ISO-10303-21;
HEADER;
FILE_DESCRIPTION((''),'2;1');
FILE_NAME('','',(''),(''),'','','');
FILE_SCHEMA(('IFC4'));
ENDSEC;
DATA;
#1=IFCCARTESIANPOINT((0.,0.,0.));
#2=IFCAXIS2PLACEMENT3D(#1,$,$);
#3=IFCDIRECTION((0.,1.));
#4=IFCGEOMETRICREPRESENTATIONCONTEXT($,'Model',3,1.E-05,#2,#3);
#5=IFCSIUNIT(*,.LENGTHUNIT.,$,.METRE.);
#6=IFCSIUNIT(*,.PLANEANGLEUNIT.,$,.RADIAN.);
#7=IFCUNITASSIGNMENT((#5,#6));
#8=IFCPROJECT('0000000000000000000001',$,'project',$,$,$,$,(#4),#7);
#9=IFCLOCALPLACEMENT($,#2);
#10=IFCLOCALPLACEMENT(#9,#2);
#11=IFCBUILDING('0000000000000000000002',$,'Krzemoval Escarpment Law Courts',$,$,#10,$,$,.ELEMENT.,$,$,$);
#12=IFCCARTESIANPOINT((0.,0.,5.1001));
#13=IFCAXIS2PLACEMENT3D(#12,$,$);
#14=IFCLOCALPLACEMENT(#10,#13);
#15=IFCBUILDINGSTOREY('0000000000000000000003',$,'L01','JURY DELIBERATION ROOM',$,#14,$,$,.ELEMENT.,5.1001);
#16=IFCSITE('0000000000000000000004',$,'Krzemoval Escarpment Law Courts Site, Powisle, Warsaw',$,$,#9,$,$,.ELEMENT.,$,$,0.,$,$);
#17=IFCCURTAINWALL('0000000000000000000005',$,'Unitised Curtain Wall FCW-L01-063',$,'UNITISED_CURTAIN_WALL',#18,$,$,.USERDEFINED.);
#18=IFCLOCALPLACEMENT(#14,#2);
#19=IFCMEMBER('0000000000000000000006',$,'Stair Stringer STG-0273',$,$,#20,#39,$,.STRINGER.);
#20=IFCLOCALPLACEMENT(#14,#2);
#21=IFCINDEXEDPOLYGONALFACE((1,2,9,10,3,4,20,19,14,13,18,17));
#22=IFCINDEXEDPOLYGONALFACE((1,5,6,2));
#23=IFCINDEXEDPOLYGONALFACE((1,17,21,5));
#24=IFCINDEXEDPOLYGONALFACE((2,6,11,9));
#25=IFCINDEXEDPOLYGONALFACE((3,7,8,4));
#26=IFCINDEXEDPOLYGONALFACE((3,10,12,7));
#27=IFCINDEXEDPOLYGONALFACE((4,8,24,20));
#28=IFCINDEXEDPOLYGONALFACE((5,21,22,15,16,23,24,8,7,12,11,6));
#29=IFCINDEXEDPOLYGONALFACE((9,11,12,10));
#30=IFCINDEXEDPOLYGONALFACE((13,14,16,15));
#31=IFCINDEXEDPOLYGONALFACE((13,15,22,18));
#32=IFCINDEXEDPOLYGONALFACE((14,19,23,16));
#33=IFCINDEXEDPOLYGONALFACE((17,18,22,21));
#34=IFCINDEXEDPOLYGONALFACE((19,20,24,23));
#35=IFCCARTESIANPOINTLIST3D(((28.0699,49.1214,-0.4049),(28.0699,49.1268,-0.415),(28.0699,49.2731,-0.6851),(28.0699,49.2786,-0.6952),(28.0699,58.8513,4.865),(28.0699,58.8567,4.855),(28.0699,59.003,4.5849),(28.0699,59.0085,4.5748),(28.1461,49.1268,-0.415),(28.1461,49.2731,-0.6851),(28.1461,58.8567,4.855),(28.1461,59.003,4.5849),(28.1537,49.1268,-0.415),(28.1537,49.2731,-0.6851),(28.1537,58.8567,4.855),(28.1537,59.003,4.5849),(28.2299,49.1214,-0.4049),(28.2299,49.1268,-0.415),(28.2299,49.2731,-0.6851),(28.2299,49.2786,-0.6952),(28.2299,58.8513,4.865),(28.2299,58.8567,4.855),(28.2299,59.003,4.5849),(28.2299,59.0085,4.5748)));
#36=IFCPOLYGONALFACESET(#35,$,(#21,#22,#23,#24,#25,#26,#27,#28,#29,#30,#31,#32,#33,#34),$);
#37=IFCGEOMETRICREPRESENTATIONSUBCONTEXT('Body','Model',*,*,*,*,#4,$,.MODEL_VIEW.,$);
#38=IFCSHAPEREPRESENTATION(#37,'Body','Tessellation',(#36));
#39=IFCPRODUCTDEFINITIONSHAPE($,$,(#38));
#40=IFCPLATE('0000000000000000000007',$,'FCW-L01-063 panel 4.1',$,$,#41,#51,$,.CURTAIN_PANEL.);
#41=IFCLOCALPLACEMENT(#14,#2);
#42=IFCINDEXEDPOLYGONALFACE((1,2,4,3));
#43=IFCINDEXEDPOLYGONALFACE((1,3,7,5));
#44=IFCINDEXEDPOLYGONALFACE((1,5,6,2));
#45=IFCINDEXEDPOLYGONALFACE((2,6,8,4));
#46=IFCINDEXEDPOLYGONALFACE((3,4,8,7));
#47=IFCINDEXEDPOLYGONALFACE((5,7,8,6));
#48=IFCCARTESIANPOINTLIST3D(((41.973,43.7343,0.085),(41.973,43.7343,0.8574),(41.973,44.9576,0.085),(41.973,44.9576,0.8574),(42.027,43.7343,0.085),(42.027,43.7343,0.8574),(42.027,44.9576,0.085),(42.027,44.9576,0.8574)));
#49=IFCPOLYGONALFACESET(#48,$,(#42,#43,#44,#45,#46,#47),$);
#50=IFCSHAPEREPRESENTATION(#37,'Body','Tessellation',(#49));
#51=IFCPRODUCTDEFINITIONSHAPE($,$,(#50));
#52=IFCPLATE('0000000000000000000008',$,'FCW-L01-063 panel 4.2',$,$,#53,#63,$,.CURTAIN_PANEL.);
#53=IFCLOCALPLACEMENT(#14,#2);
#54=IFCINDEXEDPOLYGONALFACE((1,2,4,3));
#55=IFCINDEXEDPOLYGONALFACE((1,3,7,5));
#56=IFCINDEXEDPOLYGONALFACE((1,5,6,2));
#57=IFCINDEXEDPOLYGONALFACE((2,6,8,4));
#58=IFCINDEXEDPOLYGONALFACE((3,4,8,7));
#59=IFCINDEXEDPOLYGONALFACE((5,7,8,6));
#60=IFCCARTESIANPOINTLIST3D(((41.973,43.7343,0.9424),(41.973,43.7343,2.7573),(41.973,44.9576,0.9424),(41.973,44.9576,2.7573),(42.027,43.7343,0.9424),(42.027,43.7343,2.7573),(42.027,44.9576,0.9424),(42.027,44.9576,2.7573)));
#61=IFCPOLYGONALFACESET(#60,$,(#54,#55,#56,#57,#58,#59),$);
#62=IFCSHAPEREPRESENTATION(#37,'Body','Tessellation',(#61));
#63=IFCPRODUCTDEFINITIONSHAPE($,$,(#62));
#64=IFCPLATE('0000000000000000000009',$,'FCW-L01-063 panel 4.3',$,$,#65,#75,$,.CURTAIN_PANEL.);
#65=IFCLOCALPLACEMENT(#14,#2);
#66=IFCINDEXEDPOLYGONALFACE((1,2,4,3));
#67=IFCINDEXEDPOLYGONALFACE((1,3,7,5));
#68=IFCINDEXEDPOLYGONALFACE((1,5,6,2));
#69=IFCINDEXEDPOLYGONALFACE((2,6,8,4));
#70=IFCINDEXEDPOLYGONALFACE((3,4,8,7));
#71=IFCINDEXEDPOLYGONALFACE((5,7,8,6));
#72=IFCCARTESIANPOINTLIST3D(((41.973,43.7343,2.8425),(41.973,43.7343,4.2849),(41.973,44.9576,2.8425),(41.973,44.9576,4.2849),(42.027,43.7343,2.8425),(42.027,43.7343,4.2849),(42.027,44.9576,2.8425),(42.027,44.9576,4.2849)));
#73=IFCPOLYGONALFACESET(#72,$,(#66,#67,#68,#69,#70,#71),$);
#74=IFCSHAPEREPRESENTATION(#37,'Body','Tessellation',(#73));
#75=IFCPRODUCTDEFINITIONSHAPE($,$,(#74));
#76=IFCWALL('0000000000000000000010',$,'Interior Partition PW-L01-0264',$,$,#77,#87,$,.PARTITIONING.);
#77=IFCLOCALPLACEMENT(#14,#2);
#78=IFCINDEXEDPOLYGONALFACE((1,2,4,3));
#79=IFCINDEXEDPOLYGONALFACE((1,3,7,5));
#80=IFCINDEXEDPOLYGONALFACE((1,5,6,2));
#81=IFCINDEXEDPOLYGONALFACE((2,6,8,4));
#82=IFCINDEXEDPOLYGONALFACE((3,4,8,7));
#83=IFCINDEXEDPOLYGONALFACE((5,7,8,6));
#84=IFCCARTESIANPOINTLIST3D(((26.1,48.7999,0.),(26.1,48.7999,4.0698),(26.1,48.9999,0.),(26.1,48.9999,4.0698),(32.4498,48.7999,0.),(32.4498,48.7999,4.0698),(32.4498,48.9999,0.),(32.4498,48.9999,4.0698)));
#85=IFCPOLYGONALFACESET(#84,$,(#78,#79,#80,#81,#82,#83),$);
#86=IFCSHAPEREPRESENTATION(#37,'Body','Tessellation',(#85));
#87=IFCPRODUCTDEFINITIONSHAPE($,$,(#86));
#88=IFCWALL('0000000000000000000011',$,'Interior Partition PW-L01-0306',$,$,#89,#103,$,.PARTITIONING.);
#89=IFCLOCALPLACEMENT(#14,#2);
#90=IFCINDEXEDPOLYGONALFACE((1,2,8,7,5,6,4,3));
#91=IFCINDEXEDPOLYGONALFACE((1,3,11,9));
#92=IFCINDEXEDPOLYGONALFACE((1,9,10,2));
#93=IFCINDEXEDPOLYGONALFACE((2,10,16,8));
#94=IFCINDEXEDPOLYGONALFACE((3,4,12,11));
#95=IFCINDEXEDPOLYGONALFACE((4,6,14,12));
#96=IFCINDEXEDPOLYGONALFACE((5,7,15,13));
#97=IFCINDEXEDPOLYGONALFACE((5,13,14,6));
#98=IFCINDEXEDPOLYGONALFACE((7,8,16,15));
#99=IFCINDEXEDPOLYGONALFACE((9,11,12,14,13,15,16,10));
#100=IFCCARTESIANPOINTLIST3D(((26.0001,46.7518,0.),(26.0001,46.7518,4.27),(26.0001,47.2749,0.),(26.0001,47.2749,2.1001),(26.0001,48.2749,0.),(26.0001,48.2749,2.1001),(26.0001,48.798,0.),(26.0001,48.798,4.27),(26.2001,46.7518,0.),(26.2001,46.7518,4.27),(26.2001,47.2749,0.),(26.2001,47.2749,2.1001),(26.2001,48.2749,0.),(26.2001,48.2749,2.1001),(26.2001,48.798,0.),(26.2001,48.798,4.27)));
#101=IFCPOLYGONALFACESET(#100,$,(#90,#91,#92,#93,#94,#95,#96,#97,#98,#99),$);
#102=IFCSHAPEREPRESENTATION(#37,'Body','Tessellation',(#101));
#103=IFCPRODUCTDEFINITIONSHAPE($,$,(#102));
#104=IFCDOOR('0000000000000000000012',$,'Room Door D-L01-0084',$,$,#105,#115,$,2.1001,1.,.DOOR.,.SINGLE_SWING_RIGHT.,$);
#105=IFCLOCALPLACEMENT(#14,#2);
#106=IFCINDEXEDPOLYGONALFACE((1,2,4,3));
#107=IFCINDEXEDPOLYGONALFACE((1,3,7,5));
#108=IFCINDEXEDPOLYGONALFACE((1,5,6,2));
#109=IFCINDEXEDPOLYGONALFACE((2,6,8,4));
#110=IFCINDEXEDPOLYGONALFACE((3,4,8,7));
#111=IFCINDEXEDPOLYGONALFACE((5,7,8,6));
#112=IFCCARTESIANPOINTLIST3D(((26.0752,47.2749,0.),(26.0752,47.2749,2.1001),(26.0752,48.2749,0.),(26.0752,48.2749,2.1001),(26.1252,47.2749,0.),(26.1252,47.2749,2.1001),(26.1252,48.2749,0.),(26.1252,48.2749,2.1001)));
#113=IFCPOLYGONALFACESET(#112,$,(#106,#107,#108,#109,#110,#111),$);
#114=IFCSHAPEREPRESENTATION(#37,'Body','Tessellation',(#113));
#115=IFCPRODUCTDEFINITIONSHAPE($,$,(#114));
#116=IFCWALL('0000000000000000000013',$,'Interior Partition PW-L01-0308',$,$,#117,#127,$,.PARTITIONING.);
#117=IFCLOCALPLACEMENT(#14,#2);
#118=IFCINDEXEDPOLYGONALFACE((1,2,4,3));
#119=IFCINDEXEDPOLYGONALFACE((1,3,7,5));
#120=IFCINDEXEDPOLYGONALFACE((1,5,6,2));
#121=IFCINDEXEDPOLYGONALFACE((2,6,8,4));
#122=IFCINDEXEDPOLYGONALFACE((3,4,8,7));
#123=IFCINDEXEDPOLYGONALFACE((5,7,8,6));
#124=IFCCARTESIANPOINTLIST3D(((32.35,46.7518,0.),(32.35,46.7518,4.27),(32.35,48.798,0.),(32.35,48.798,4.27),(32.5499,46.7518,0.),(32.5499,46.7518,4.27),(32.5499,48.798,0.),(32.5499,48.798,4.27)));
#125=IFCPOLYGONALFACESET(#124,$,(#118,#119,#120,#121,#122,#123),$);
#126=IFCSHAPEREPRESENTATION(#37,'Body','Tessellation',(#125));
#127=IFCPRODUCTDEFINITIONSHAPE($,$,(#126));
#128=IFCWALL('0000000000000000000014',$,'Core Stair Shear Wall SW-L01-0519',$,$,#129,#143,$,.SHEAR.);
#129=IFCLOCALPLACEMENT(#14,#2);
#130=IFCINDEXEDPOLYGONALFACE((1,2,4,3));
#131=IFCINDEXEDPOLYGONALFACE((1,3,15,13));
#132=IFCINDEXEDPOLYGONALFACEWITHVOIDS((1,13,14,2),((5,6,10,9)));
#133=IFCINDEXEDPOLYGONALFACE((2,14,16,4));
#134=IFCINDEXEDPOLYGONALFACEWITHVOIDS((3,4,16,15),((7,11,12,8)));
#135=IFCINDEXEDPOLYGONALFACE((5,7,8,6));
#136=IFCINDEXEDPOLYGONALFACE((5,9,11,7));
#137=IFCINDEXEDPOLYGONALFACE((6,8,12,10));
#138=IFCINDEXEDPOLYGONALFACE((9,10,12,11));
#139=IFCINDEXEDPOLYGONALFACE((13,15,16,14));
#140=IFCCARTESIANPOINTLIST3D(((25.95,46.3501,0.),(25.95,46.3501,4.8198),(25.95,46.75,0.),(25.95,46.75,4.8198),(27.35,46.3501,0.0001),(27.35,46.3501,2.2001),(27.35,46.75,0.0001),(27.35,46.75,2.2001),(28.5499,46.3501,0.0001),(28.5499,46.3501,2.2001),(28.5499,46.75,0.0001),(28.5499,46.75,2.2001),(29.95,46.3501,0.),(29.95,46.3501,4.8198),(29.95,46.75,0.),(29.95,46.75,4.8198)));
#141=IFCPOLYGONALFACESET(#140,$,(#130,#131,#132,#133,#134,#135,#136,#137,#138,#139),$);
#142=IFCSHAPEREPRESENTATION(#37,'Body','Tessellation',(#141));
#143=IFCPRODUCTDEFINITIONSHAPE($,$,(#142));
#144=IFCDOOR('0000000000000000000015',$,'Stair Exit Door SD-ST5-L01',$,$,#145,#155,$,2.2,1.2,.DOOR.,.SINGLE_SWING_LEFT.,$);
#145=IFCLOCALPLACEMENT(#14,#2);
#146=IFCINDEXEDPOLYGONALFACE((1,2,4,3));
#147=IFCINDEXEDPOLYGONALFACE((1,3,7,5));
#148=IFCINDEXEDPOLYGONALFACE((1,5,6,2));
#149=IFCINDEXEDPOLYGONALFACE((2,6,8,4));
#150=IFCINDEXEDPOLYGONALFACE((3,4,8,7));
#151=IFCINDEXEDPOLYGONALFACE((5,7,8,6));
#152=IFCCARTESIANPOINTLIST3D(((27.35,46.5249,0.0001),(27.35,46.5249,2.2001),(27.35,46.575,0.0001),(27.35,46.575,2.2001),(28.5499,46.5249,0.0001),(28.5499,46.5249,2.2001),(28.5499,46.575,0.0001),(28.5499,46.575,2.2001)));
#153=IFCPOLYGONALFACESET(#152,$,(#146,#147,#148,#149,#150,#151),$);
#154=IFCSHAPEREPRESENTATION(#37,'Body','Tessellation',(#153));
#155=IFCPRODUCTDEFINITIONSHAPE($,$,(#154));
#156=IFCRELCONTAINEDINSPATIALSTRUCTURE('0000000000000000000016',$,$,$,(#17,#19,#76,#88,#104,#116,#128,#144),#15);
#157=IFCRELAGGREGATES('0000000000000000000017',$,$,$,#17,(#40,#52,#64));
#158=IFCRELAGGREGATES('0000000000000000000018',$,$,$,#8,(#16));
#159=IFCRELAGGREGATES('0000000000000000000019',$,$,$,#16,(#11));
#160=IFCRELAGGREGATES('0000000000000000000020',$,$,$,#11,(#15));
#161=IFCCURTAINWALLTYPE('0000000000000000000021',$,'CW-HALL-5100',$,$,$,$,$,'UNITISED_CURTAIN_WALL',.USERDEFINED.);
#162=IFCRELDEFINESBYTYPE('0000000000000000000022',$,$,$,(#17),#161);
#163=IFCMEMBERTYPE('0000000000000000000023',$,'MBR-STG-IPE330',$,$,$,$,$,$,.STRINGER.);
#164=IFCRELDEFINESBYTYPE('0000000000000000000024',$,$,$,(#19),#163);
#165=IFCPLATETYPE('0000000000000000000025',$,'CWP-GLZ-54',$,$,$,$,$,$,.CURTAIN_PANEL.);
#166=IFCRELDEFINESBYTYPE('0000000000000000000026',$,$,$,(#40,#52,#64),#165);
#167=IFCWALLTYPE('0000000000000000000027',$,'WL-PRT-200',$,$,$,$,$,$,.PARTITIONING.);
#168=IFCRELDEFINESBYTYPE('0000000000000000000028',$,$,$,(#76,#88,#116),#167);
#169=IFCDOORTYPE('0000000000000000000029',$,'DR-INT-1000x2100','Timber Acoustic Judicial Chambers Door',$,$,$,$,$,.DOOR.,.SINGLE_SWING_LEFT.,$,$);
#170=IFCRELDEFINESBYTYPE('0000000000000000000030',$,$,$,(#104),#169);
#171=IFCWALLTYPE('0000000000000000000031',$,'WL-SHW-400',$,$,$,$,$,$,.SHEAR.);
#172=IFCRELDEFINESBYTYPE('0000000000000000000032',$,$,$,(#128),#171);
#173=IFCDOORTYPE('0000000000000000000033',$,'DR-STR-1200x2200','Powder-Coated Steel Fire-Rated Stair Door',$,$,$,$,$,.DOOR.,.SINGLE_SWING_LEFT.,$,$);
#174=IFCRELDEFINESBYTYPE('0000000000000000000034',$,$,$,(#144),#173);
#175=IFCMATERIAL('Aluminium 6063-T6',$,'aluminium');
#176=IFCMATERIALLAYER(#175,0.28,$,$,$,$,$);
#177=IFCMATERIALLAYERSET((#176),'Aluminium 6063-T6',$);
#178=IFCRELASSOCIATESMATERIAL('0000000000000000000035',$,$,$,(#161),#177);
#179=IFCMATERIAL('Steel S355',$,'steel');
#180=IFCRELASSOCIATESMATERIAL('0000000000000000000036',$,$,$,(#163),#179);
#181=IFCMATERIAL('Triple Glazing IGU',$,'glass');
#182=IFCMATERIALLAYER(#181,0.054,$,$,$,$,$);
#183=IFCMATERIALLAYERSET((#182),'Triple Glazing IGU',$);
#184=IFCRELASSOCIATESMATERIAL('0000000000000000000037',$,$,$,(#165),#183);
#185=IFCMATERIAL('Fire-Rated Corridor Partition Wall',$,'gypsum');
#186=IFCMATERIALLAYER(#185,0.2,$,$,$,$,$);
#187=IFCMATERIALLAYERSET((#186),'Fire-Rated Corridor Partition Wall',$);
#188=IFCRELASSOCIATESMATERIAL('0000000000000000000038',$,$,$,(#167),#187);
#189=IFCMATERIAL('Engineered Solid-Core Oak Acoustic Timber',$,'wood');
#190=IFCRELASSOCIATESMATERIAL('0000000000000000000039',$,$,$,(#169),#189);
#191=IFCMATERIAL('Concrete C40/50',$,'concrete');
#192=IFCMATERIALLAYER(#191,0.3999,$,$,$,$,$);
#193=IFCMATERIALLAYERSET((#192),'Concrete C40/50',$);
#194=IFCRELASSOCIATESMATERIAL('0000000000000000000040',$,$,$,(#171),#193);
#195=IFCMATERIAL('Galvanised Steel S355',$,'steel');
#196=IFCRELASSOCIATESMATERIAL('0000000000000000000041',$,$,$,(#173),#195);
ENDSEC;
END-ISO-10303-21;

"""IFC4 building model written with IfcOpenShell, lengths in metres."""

from ifc_helpers import new_model, si_unit, direction, frame, frame_2d, origin, origin_2d, place, context, subcontext, project, spatial, rectangle, i_section, extrude, material, layer, layer_set, material_profile, profile_set, type_object, element, fill, aggregate, save


model = new_model("IFC4")

# Units and contexts
model_context = context("Model", 3, precision=1e-05, world=origin(), true_north=direction((0.0, 1.0)))
body_context = subcontext(model_context, "Body", "Model", "MODEL_VIEW")
ifc_project = project(units=[si_unit("LENGTHUNIT", "METRE"), si_unit("PLANEANGLEUNIT", "RADIAN")], contexts=[model_context])

# Site, building, storey
site_placement = place(None, origin())
site = spatial("IfcSite", under=ifc_project, at=site_placement, Name="Krzemoval Escarpment Law Courts Site, Powisle, Warsaw", CompositionType="ELEMENT", RefElevation=0.0)
building_placement = place(site_placement, origin())
building = spatial("IfcBuilding", under=site, at=building_placement, Name="Krzemoval Escarpment Law Courts", CompositionType="ELEMENT")
storey_placement = place(building_placement, frame((0.0, 0.0, 5.1001)))
storey = spatial("IfcBuildingStorey", under=building, at=storey_placement, Name="L01", Description="JURY DELIBERATION ROOM", CompositionType="ELEMENT", Elevation=5.1001)

# Curtain wall
ifc_material_1 = material(Name="Aluminium 6063-T6", Category="aluminium")
ifc_layer_1 = layer(ifc_material_1, 0.28)
ifc_layer_set_1 = layer_set([ifc_layer_1], Name="Aluminium 6063-T6")
curtain_wall_type = type_object("IfcCurtainWallType", Name="CW-HALL-5100", ElementType="UNITISED_CURTAIN_WALL", PredefinedType="USERDEFINED", material=ifc_layer_set_1)
curtain_wall_placement = place(storey_placement, origin())
curtain_wall = element("IfcCurtainWall", 1, at=curtain_wall_placement, inside=storey, type_object=curtain_wall_type, Name="Unitised Curtain Wall FCW-L01-063", ObjectType="UNITISED_CURTAIN_WALL", PredefinedType="USERDEFINED")

# Member
ifc_material_2 = material(Name="Steel S355", Category="steel")
ifc_material_profile_1 = material_profile(ifc_material_2, i_section(OverallWidth=0.1599, OverallDepth=0.3301, WebThickness=0.0076, FlangeThickness=0.0115, at=origin_2d()), Name="IPE 330")
ifc_profile_set_1 = profile_set([ifc_material_profile_1], Name="Steel S355")
member_type_1 = type_object("IfcMemberType", Name="MBR-STG-IPE330", PredefinedType="STRINGER", material=ifc_profile_set_1)
member_1_placement = place(storey_placement, frame((28.1499, 49.2, -0.55), z_axis=(0.0, 0.879307, 0.476256), x_axis=(-1.0, 0.0, 0.0)))
element("IfcMember", 2, at=member_1_placement, inside=storey, type_object=member_type_1, Name="Stair Stringer STG-0273", PredefinedType="STRINGER", context=body_context, shape_type="SweptSolid", body=[
    extrude(i_section(OverallWidth=0.1599, OverallDepth=0.3301, WebThickness=0.0076, FlangeThickness=0.0115, at=origin_2d()), origin(), (0.0, 0.0, 1.0), 11.0654),
])

# Plates
ifc_material_3 = material(Name="Triple Glazing IGU", Category="glass")
ifc_layer_2 = layer(ifc_material_3, 0.054)
ifc_layer_set_2 = layer_set([ifc_layer_2], Name="Triple Glazing IGU")
plate_type = type_object("IfcPlateType", Name="CWP-GLZ-54", PredefinedType="CURTAIN_PANEL", material=ifc_layer_set_2)
plate_1_placement = place(storey_placement, frame((42.0, 44.3459, 0.085), z_axis=(0.0, 0.0, 1.0), x_axis=(0.0, -1.0, 0.0)))
plate_1 = element("IfcPlate", 3, at=plate_1_placement, type_object=plate_type, Name="FCW-L01-063 panel 4.1", PredefinedType="CURTAIN_PANEL", context=body_context, shape_type="SweptSolid", body=[
    extrude(rectangle(XDim=1.2234, YDim=0.054, at=origin_2d()), origin(), (0.0, 0.0, 1.0), 0.7725),
])
plate_2_placement = place(storey_placement, frame((42.0, 44.3459, 0.9424), z_axis=(0.0, 0.0, 1.0), x_axis=(0.0, -1.0, 0.0)))
plate_2 = element("IfcPlate", 4, at=plate_2_placement, type_object=plate_type, Name="FCW-L01-063 panel 4.2", PredefinedType="CURTAIN_PANEL", context=body_context, shape_type="SweptSolid", body=[
    extrude(rectangle(XDim=1.2234, YDim=0.054, at=origin_2d()), origin(), (0.0, 0.0, 1.0), 1.8149),
])
plate_3_placement = place(storey_placement, frame((42.0, 44.3459, 2.8425), z_axis=(0.0, 0.0, 1.0), x_axis=(0.0, -1.0, 0.0)))
plate_3 = element("IfcPlate", 5, at=plate_3_placement, type_object=plate_type, Name="FCW-L01-063 panel 4.3", PredefinedType="CURTAIN_PANEL", context=body_context, shape_type="SweptSolid", body=[
    extrude(rectangle(XDim=1.2234, YDim=0.054, at=origin_2d()), origin(), (0.0, 0.0, 1.0), 1.4424),
])
aggregate(curtain_wall, [plate_1, plate_2, plate_3])

# Wall
ifc_material_4 = material(Name="Fire-Rated Corridor Partition Wall", Category="gypsum")
ifc_layer_3 = layer(ifc_material_4, 0.2)
ifc_layer_set_3 = layer_set([ifc_layer_3], Name="Fire-Rated Corridor Partition Wall")
wall_type_1 = type_object("IfcWallType", Name="WL-PRT-200", PredefinedType="PARTITIONING", material=ifc_layer_set_3)
wall_1_placement = place(storey_placement, frame((26.1001, 48.8999, 0.0), z_axis=(0.0, 0.0, 1.0), x_axis=(1.0, 0.0, 0.0)))
element("IfcWall", 6, at=wall_1_placement, inside=storey, type_object=wall_type_1, Name="Interior Partition PW-L01-0264", PredefinedType="PARTITIONING", context=body_context, shape_type="SweptSolid", body=[
    extrude(rectangle(XDim=6.3499, YDim=0.2, at=frame_2d((3.1748, 0.0))), origin(), (0.0, 0.0, 1.0), 4.0698),
])

# Wall, opening, door
wall_2_placement = place(storey_placement, frame((26.1001, 46.752, 0.0), z_axis=(0.0, 0.0, 1.0), x_axis=(0.0, 1.0, 0.0)))
wall_2 = element("IfcWall", 7, at=wall_2_placement, inside=storey, type_object=wall_type_1, Name="Interior Partition PW-L01-0306", PredefinedType="PARTITIONING", context=body_context, shape_type="SweptSolid", body=[
    extrude(rectangle(XDim=2.0461, YDim=0.2, at=frame_2d((1.0229, 0.0))), origin(), (0.0, 0.0, 1.0), 4.27),
])
opening_1_placement = place(wall_2_placement, frame((0.5229, 0.0, 0.0)))
opening_1 = element("IfcOpeningElement", 8, at=opening_1_placement, cuts=wall_2, PredefinedType="OPENING", context=body_context, shape_type="SweptSolid", body=[
    extrude(rectangle(XDim=1.0, YDim=2.1001, at=frame_2d((0.5, 1.05))), frame((0.0, 0.115, 0.0), z_axis=(0.0, -1.0, 0.0), x_axis=(1.0, 0.0, 0.0)), (0.0, 0.0, 1.0), 0.2299),
])
ifc_material_5 = material(Name="Engineered Solid-Core Oak Acoustic Timber", Category="wood")
door_type_1 = type_object("IfcDoorType", Name="DR-INT-1000x2100", Description="Timber Acoustic Judicial Chambers Door", OperationType="SINGLE_SWING_LEFT", PredefinedType="DOOR", material=ifc_material_5)
door_1_placement = place(opening_1_placement, origin())
door_1 = element("IfcDoor", 9, at=door_1_placement, inside=storey, type_object=door_type_1, Name="Room Door D-L01-0084", OperationType="SINGLE_SWING_RIGHT", OverallHeight=2.1001, OverallWidth=1.0, PredefinedType="DOOR", context=body_context, shape_type="SweptSolid", body=[
    extrude(rectangle(XDim=1.0, YDim=2.1001, at=frame_2d((0.5, 1.05))), frame((0.0, 0.0249, 0.0), z_axis=(0.0, -1.0, 0.0), x_axis=(1.0, 0.0, 0.0)), (0.0, 0.0, 1.0), 0.05),
])
fill(opening_1, door_1)

# Wall
wall_3_placement = place(storey_placement, frame((32.45, 46.752, 0.0), z_axis=(0.0, 0.0, 1.0), x_axis=(0.0, 1.0, 0.0)))
element("IfcWall", 10, at=wall_3_placement, inside=storey, type_object=wall_type_1, Name="Interior Partition PW-L01-0308", PredefinedType="PARTITIONING", context=body_context, shape_type="SweptSolid", body=[
    extrude(rectangle(XDim=2.0461, YDim=0.2, at=frame_2d((1.0229, 0.0))), origin(), (0.0, 0.0, 1.0), 4.27),
])

# Wall, opening, door
ifc_material_6 = material(Name="Concrete C40/50", Category="concrete")
ifc_layer_4 = layer(ifc_material_6, 0.3999)
ifc_layer_set_4 = layer_set([ifc_layer_4], Name="Concrete C40/50")
wall_type_2 = type_object("IfcWallType", Name="WL-SHW-400", PredefinedType="SHEAR", material=ifc_layer_set_4)
wall_4_placement = place(storey_placement, frame((25.95, 46.55, 0.0), z_axis=(0.0, 0.0, 1.0), x_axis=(1.0, 0.0, 0.0)))
wall_4 = element("IfcWall", 11, at=wall_4_placement, inside=storey, type_object=wall_type_2, Name="Core Stair Shear Wall SW-L01-0519", PredefinedType="SHEAR", context=body_context, shape_type="SweptSolid", body=[
    extrude(rectangle(XDim=4.0, YDim=0.3999, at=frame_2d((2.0, 0.0))), origin(), (0.0, 0.0, 1.0), 4.8198),
])
opening_2_placement = place(wall_4_placement, frame((1.3999, 0.0, 0.0)))
opening_2 = element("IfcOpeningElement", 12, at=opening_2_placement, cuts=wall_4, PredefinedType="OPENING", context=body_context, shape_type="SweptSolid", body=[
    extrude(rectangle(XDim=1.2, YDim=2.2, at=frame_2d((0.6001, 1.1001))), frame((0.0, 0.215, 0.0), z_axis=(0.0, -1.0, 0.0), x_axis=(1.0, 0.0, 0.0)), (0.0, 0.0, 1.0), 0.4299),
])
ifc_material_7 = material(Name="Galvanised Steel S355", Category="steel")
door_type_2 = type_object("IfcDoorType", Name="DR-STR-1200x2200", Description="Powder-Coated Steel Fire-Rated Stair Door", OperationType="SINGLE_SWING_LEFT", PredefinedType="DOOR", material=ifc_material_7)
door_2_placement = place(opening_2_placement, origin())
door_2 = element("IfcDoor", 13, at=door_2_placement, inside=storey, type_object=door_type_2, Name="Stair Exit Door SD-ST5-L01", OperationType="SINGLE_SWING_LEFT", OverallHeight=2.2, OverallWidth=1.2, PredefinedType="DOOR", context=body_context, shape_type="SweptSolid", body=[
    extrude(rectangle(XDim=1.2, YDim=2.2, at=frame_2d((0.6001, 1.1001))), frame((0.0, 0.0249, 0.0), z_axis=(0.0, -1.0, 0.0), x_axis=(1.0, 0.0, 0.0)), (0.0, 0.0, 1.0), 0.05),
])
fill(opening_2, door_2)

save(model, "model.ifc")
